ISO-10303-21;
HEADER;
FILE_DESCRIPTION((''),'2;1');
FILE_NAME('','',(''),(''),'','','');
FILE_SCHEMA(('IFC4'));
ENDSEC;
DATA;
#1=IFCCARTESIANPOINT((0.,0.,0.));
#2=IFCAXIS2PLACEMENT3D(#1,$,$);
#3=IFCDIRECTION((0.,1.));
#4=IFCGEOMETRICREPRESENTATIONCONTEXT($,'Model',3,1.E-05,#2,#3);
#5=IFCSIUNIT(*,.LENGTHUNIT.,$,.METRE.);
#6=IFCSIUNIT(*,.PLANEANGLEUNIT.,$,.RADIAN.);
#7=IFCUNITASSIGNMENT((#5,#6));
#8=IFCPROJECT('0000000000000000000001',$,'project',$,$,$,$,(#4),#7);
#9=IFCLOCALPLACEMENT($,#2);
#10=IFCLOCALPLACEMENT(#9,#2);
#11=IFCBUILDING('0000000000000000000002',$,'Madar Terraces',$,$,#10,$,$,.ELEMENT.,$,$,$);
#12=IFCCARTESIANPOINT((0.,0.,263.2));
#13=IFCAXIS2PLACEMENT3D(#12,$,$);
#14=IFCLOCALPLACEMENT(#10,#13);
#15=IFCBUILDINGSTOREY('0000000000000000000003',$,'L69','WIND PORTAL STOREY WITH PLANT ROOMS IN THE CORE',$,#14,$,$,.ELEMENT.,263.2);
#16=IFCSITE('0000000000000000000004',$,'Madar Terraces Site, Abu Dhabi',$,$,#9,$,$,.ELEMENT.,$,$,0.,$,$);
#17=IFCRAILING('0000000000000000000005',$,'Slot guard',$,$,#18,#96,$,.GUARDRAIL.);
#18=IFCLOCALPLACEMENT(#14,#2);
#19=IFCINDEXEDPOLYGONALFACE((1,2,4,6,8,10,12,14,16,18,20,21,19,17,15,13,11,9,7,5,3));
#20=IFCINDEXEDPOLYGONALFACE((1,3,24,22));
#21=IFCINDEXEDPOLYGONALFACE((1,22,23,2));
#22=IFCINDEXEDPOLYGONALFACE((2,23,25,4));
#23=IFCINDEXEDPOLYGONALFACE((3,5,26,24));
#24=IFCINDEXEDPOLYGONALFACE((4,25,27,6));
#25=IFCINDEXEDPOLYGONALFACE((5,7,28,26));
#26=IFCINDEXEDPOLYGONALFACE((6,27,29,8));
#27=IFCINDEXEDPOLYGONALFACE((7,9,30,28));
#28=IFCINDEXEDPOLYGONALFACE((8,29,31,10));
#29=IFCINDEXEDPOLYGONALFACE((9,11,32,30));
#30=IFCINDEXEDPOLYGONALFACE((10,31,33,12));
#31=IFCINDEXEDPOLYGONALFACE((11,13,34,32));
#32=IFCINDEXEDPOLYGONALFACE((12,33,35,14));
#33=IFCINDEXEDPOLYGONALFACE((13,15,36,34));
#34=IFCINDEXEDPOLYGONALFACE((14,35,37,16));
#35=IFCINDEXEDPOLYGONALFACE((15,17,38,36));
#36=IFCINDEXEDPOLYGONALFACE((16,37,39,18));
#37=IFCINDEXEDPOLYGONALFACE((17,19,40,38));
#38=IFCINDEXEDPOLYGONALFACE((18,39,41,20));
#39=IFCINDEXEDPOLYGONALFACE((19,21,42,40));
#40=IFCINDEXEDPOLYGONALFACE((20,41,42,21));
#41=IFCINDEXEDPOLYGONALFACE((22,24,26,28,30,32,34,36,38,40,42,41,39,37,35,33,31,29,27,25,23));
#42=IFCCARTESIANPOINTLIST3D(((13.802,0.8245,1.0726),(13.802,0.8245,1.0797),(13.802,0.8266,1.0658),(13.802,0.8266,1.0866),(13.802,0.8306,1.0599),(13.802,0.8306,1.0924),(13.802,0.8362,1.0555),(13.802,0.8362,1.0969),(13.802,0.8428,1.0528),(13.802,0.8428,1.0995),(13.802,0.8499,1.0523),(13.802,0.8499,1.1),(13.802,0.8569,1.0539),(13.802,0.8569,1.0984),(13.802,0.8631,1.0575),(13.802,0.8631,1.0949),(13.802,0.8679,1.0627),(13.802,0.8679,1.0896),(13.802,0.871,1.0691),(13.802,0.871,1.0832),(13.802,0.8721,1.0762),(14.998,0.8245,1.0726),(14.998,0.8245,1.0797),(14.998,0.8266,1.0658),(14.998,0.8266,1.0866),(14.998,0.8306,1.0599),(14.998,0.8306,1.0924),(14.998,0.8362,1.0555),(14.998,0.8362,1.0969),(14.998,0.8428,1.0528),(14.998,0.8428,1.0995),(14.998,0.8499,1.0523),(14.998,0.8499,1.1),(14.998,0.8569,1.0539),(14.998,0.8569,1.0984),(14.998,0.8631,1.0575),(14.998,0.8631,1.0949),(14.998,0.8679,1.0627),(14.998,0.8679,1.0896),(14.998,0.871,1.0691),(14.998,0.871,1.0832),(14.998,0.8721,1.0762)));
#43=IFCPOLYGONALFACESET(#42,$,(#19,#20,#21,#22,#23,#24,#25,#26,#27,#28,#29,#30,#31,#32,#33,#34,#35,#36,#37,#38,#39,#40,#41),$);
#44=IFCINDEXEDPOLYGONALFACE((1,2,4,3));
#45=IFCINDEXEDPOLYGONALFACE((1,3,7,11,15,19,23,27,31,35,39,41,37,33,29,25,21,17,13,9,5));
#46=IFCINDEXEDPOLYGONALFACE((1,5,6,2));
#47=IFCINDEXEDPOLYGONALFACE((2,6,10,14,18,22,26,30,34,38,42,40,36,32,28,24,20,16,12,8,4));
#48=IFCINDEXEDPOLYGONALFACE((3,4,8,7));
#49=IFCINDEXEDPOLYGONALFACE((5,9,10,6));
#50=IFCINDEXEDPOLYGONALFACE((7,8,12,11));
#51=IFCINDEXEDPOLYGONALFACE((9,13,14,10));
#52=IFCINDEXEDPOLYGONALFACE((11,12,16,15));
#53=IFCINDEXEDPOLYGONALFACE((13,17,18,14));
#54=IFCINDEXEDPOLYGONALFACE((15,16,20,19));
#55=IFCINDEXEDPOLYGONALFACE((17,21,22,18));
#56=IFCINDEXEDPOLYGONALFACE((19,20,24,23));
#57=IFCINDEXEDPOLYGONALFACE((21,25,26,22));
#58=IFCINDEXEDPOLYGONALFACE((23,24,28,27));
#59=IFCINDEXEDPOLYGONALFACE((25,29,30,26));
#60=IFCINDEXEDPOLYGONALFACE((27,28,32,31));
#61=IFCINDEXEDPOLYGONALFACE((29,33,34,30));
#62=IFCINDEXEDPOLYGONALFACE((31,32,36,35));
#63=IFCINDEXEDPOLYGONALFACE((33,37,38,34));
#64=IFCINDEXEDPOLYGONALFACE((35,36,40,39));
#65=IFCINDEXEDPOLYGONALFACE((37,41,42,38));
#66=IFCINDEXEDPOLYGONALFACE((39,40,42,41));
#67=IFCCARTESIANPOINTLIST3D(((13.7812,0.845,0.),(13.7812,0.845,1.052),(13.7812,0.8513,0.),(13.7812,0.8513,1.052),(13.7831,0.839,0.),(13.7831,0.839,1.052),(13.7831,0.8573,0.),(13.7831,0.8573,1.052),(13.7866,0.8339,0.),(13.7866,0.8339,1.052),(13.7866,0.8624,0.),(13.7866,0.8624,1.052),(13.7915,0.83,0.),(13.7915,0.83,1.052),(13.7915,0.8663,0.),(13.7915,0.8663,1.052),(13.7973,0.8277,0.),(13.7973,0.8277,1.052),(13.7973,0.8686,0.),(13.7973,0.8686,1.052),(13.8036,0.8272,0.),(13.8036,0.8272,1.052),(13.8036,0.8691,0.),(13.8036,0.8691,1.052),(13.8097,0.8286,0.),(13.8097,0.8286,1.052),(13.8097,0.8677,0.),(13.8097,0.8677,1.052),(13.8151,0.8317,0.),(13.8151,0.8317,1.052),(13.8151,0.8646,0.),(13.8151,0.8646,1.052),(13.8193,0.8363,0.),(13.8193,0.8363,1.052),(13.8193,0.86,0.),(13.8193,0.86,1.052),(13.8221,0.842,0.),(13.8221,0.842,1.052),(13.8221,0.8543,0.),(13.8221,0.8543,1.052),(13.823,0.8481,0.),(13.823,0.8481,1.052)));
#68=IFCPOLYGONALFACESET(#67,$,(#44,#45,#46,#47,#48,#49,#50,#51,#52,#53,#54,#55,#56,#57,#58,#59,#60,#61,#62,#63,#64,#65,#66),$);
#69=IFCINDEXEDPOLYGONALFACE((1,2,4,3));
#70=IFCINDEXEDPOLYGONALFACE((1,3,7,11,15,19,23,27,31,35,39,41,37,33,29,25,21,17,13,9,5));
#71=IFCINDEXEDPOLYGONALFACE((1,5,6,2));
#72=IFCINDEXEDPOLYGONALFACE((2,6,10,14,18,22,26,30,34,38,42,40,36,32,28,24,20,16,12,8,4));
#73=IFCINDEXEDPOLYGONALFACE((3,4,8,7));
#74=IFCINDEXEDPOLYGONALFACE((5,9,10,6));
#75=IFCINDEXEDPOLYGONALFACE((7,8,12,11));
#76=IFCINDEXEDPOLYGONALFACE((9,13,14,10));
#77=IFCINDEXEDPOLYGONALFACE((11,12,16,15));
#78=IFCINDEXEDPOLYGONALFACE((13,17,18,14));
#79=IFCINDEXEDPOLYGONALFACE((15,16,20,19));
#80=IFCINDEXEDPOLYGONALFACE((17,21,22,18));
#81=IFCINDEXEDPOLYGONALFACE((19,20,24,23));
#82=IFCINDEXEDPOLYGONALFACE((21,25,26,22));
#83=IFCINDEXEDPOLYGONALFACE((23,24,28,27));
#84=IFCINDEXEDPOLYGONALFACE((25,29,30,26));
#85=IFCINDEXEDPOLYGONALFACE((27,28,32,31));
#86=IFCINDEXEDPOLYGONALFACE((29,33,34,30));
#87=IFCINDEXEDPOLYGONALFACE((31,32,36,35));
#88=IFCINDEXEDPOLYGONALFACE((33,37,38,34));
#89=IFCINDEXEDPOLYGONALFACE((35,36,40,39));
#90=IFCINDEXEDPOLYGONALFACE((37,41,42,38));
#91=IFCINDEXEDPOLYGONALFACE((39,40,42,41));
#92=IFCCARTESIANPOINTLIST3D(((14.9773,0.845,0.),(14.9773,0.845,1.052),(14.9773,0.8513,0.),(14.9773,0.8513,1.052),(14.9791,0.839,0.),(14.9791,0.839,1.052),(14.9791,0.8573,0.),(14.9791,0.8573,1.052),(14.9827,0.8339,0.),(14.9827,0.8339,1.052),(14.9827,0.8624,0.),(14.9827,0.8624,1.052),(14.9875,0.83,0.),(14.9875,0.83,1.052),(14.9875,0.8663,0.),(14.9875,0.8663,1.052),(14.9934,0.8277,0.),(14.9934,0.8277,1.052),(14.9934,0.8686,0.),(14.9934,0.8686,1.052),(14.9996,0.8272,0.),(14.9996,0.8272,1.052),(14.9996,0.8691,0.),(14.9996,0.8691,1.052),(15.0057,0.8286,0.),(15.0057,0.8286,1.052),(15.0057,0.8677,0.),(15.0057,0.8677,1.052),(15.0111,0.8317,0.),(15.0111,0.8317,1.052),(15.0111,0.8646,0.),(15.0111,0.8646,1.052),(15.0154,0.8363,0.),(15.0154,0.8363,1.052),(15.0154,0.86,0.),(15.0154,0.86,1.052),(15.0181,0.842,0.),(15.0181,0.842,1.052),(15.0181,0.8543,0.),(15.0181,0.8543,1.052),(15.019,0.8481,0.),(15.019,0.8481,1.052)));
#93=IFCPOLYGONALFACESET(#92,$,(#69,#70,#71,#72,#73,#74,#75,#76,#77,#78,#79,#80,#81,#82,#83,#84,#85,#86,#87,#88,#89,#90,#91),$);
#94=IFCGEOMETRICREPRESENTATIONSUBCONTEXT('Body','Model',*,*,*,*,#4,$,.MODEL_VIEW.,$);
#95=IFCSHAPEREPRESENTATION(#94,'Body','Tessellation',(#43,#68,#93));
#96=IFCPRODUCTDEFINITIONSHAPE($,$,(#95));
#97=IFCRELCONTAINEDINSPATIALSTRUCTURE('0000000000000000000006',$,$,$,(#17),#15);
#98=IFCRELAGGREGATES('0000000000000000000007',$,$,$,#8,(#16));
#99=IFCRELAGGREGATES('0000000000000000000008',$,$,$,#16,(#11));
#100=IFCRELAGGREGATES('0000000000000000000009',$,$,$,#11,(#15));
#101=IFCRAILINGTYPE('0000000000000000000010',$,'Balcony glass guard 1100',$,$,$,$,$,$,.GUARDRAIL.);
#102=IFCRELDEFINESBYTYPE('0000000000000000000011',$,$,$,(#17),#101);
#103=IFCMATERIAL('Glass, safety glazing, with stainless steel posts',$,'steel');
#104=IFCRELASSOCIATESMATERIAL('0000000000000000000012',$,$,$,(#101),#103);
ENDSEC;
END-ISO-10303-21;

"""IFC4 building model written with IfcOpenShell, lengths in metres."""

from ifc_helpers import new_model, si_unit, direction, frame, origin, origin_2d, place, context, subcontext, project, spatial, circle, extrude, material, type_object, element, save


model = new_model("IFC4")

# Units and contexts
model_context = context("Model", 3, precision=1e-05, world=origin(), true_north=direction((0.0, 1.0)))
body_context = subcontext(model_context, "Body", "Model", "MODEL_VIEW")
ifc_project = project(units=[si_unit("LENGTHUNIT", "METRE"), si_unit("PLANEANGLEUNIT", "RADIAN")], contexts=[model_context])

# Site, building, storey
site_placement = place(None, origin())
site = spatial("IfcSite", under=ifc_project, at=site_placement, Name="Madar Terraces Site, Abu Dhabi", CompositionType="ELEMENT", RefElevation=0.0)
building_placement = place(site_placement, origin())
building = spatial("IfcBuilding", under=site, at=building_placement, Name="Madar Terraces", CompositionType="ELEMENT")
storey_placement = place(building_placement, frame((0.0, 0.0, 263.2)))
storey = spatial("IfcBuildingStorey", under=building, at=storey_placement, Name="L69", Description="WIND PORTAL STOREY WITH PLANT ROOMS IN THE CORE", CompositionType="ELEMENT", Elevation=263.2)

# Railing
ifc_material_1 = material(Name="Glass, safety glazing, with stainless steel posts", Category="steel")
railing_type = type_object("IfcRailingType", Name="Balcony glass guard 1100", PredefinedType="GUARDRAIL", material=ifc_material_1)
railing_1_placement = place(storey_placement, frame((13.802, 0.8481, 0.0)))
element("IfcRailing", 1, at=railing_1_placement, inside=storey, type_object=railing_type, Name="Slot guard", PredefinedType="GUARDRAIL", context=body_context, shape_type="SweptSolid", body=[
    extrude(circle(Radius=0.0239, at=origin_2d()), frame((0.0, 0.0, 1.0762), z_axis=(1.0, 0.0, 0.0), x_axis=(0.0, 1.0, 0.0)), (0.0, 0.0, 1.0), 1.196),
    extrude(circle(Radius=0.021, at=origin_2d()), origin(), (0.0, 0.0, 1.0), 1.052),
    extrude(circle(Radius=0.021, at=origin_2d()), frame((1.196, 0.0, 0.0)), (0.0, 0.0, 1.0), 1.052),
])

save(model, "model.ifc")
